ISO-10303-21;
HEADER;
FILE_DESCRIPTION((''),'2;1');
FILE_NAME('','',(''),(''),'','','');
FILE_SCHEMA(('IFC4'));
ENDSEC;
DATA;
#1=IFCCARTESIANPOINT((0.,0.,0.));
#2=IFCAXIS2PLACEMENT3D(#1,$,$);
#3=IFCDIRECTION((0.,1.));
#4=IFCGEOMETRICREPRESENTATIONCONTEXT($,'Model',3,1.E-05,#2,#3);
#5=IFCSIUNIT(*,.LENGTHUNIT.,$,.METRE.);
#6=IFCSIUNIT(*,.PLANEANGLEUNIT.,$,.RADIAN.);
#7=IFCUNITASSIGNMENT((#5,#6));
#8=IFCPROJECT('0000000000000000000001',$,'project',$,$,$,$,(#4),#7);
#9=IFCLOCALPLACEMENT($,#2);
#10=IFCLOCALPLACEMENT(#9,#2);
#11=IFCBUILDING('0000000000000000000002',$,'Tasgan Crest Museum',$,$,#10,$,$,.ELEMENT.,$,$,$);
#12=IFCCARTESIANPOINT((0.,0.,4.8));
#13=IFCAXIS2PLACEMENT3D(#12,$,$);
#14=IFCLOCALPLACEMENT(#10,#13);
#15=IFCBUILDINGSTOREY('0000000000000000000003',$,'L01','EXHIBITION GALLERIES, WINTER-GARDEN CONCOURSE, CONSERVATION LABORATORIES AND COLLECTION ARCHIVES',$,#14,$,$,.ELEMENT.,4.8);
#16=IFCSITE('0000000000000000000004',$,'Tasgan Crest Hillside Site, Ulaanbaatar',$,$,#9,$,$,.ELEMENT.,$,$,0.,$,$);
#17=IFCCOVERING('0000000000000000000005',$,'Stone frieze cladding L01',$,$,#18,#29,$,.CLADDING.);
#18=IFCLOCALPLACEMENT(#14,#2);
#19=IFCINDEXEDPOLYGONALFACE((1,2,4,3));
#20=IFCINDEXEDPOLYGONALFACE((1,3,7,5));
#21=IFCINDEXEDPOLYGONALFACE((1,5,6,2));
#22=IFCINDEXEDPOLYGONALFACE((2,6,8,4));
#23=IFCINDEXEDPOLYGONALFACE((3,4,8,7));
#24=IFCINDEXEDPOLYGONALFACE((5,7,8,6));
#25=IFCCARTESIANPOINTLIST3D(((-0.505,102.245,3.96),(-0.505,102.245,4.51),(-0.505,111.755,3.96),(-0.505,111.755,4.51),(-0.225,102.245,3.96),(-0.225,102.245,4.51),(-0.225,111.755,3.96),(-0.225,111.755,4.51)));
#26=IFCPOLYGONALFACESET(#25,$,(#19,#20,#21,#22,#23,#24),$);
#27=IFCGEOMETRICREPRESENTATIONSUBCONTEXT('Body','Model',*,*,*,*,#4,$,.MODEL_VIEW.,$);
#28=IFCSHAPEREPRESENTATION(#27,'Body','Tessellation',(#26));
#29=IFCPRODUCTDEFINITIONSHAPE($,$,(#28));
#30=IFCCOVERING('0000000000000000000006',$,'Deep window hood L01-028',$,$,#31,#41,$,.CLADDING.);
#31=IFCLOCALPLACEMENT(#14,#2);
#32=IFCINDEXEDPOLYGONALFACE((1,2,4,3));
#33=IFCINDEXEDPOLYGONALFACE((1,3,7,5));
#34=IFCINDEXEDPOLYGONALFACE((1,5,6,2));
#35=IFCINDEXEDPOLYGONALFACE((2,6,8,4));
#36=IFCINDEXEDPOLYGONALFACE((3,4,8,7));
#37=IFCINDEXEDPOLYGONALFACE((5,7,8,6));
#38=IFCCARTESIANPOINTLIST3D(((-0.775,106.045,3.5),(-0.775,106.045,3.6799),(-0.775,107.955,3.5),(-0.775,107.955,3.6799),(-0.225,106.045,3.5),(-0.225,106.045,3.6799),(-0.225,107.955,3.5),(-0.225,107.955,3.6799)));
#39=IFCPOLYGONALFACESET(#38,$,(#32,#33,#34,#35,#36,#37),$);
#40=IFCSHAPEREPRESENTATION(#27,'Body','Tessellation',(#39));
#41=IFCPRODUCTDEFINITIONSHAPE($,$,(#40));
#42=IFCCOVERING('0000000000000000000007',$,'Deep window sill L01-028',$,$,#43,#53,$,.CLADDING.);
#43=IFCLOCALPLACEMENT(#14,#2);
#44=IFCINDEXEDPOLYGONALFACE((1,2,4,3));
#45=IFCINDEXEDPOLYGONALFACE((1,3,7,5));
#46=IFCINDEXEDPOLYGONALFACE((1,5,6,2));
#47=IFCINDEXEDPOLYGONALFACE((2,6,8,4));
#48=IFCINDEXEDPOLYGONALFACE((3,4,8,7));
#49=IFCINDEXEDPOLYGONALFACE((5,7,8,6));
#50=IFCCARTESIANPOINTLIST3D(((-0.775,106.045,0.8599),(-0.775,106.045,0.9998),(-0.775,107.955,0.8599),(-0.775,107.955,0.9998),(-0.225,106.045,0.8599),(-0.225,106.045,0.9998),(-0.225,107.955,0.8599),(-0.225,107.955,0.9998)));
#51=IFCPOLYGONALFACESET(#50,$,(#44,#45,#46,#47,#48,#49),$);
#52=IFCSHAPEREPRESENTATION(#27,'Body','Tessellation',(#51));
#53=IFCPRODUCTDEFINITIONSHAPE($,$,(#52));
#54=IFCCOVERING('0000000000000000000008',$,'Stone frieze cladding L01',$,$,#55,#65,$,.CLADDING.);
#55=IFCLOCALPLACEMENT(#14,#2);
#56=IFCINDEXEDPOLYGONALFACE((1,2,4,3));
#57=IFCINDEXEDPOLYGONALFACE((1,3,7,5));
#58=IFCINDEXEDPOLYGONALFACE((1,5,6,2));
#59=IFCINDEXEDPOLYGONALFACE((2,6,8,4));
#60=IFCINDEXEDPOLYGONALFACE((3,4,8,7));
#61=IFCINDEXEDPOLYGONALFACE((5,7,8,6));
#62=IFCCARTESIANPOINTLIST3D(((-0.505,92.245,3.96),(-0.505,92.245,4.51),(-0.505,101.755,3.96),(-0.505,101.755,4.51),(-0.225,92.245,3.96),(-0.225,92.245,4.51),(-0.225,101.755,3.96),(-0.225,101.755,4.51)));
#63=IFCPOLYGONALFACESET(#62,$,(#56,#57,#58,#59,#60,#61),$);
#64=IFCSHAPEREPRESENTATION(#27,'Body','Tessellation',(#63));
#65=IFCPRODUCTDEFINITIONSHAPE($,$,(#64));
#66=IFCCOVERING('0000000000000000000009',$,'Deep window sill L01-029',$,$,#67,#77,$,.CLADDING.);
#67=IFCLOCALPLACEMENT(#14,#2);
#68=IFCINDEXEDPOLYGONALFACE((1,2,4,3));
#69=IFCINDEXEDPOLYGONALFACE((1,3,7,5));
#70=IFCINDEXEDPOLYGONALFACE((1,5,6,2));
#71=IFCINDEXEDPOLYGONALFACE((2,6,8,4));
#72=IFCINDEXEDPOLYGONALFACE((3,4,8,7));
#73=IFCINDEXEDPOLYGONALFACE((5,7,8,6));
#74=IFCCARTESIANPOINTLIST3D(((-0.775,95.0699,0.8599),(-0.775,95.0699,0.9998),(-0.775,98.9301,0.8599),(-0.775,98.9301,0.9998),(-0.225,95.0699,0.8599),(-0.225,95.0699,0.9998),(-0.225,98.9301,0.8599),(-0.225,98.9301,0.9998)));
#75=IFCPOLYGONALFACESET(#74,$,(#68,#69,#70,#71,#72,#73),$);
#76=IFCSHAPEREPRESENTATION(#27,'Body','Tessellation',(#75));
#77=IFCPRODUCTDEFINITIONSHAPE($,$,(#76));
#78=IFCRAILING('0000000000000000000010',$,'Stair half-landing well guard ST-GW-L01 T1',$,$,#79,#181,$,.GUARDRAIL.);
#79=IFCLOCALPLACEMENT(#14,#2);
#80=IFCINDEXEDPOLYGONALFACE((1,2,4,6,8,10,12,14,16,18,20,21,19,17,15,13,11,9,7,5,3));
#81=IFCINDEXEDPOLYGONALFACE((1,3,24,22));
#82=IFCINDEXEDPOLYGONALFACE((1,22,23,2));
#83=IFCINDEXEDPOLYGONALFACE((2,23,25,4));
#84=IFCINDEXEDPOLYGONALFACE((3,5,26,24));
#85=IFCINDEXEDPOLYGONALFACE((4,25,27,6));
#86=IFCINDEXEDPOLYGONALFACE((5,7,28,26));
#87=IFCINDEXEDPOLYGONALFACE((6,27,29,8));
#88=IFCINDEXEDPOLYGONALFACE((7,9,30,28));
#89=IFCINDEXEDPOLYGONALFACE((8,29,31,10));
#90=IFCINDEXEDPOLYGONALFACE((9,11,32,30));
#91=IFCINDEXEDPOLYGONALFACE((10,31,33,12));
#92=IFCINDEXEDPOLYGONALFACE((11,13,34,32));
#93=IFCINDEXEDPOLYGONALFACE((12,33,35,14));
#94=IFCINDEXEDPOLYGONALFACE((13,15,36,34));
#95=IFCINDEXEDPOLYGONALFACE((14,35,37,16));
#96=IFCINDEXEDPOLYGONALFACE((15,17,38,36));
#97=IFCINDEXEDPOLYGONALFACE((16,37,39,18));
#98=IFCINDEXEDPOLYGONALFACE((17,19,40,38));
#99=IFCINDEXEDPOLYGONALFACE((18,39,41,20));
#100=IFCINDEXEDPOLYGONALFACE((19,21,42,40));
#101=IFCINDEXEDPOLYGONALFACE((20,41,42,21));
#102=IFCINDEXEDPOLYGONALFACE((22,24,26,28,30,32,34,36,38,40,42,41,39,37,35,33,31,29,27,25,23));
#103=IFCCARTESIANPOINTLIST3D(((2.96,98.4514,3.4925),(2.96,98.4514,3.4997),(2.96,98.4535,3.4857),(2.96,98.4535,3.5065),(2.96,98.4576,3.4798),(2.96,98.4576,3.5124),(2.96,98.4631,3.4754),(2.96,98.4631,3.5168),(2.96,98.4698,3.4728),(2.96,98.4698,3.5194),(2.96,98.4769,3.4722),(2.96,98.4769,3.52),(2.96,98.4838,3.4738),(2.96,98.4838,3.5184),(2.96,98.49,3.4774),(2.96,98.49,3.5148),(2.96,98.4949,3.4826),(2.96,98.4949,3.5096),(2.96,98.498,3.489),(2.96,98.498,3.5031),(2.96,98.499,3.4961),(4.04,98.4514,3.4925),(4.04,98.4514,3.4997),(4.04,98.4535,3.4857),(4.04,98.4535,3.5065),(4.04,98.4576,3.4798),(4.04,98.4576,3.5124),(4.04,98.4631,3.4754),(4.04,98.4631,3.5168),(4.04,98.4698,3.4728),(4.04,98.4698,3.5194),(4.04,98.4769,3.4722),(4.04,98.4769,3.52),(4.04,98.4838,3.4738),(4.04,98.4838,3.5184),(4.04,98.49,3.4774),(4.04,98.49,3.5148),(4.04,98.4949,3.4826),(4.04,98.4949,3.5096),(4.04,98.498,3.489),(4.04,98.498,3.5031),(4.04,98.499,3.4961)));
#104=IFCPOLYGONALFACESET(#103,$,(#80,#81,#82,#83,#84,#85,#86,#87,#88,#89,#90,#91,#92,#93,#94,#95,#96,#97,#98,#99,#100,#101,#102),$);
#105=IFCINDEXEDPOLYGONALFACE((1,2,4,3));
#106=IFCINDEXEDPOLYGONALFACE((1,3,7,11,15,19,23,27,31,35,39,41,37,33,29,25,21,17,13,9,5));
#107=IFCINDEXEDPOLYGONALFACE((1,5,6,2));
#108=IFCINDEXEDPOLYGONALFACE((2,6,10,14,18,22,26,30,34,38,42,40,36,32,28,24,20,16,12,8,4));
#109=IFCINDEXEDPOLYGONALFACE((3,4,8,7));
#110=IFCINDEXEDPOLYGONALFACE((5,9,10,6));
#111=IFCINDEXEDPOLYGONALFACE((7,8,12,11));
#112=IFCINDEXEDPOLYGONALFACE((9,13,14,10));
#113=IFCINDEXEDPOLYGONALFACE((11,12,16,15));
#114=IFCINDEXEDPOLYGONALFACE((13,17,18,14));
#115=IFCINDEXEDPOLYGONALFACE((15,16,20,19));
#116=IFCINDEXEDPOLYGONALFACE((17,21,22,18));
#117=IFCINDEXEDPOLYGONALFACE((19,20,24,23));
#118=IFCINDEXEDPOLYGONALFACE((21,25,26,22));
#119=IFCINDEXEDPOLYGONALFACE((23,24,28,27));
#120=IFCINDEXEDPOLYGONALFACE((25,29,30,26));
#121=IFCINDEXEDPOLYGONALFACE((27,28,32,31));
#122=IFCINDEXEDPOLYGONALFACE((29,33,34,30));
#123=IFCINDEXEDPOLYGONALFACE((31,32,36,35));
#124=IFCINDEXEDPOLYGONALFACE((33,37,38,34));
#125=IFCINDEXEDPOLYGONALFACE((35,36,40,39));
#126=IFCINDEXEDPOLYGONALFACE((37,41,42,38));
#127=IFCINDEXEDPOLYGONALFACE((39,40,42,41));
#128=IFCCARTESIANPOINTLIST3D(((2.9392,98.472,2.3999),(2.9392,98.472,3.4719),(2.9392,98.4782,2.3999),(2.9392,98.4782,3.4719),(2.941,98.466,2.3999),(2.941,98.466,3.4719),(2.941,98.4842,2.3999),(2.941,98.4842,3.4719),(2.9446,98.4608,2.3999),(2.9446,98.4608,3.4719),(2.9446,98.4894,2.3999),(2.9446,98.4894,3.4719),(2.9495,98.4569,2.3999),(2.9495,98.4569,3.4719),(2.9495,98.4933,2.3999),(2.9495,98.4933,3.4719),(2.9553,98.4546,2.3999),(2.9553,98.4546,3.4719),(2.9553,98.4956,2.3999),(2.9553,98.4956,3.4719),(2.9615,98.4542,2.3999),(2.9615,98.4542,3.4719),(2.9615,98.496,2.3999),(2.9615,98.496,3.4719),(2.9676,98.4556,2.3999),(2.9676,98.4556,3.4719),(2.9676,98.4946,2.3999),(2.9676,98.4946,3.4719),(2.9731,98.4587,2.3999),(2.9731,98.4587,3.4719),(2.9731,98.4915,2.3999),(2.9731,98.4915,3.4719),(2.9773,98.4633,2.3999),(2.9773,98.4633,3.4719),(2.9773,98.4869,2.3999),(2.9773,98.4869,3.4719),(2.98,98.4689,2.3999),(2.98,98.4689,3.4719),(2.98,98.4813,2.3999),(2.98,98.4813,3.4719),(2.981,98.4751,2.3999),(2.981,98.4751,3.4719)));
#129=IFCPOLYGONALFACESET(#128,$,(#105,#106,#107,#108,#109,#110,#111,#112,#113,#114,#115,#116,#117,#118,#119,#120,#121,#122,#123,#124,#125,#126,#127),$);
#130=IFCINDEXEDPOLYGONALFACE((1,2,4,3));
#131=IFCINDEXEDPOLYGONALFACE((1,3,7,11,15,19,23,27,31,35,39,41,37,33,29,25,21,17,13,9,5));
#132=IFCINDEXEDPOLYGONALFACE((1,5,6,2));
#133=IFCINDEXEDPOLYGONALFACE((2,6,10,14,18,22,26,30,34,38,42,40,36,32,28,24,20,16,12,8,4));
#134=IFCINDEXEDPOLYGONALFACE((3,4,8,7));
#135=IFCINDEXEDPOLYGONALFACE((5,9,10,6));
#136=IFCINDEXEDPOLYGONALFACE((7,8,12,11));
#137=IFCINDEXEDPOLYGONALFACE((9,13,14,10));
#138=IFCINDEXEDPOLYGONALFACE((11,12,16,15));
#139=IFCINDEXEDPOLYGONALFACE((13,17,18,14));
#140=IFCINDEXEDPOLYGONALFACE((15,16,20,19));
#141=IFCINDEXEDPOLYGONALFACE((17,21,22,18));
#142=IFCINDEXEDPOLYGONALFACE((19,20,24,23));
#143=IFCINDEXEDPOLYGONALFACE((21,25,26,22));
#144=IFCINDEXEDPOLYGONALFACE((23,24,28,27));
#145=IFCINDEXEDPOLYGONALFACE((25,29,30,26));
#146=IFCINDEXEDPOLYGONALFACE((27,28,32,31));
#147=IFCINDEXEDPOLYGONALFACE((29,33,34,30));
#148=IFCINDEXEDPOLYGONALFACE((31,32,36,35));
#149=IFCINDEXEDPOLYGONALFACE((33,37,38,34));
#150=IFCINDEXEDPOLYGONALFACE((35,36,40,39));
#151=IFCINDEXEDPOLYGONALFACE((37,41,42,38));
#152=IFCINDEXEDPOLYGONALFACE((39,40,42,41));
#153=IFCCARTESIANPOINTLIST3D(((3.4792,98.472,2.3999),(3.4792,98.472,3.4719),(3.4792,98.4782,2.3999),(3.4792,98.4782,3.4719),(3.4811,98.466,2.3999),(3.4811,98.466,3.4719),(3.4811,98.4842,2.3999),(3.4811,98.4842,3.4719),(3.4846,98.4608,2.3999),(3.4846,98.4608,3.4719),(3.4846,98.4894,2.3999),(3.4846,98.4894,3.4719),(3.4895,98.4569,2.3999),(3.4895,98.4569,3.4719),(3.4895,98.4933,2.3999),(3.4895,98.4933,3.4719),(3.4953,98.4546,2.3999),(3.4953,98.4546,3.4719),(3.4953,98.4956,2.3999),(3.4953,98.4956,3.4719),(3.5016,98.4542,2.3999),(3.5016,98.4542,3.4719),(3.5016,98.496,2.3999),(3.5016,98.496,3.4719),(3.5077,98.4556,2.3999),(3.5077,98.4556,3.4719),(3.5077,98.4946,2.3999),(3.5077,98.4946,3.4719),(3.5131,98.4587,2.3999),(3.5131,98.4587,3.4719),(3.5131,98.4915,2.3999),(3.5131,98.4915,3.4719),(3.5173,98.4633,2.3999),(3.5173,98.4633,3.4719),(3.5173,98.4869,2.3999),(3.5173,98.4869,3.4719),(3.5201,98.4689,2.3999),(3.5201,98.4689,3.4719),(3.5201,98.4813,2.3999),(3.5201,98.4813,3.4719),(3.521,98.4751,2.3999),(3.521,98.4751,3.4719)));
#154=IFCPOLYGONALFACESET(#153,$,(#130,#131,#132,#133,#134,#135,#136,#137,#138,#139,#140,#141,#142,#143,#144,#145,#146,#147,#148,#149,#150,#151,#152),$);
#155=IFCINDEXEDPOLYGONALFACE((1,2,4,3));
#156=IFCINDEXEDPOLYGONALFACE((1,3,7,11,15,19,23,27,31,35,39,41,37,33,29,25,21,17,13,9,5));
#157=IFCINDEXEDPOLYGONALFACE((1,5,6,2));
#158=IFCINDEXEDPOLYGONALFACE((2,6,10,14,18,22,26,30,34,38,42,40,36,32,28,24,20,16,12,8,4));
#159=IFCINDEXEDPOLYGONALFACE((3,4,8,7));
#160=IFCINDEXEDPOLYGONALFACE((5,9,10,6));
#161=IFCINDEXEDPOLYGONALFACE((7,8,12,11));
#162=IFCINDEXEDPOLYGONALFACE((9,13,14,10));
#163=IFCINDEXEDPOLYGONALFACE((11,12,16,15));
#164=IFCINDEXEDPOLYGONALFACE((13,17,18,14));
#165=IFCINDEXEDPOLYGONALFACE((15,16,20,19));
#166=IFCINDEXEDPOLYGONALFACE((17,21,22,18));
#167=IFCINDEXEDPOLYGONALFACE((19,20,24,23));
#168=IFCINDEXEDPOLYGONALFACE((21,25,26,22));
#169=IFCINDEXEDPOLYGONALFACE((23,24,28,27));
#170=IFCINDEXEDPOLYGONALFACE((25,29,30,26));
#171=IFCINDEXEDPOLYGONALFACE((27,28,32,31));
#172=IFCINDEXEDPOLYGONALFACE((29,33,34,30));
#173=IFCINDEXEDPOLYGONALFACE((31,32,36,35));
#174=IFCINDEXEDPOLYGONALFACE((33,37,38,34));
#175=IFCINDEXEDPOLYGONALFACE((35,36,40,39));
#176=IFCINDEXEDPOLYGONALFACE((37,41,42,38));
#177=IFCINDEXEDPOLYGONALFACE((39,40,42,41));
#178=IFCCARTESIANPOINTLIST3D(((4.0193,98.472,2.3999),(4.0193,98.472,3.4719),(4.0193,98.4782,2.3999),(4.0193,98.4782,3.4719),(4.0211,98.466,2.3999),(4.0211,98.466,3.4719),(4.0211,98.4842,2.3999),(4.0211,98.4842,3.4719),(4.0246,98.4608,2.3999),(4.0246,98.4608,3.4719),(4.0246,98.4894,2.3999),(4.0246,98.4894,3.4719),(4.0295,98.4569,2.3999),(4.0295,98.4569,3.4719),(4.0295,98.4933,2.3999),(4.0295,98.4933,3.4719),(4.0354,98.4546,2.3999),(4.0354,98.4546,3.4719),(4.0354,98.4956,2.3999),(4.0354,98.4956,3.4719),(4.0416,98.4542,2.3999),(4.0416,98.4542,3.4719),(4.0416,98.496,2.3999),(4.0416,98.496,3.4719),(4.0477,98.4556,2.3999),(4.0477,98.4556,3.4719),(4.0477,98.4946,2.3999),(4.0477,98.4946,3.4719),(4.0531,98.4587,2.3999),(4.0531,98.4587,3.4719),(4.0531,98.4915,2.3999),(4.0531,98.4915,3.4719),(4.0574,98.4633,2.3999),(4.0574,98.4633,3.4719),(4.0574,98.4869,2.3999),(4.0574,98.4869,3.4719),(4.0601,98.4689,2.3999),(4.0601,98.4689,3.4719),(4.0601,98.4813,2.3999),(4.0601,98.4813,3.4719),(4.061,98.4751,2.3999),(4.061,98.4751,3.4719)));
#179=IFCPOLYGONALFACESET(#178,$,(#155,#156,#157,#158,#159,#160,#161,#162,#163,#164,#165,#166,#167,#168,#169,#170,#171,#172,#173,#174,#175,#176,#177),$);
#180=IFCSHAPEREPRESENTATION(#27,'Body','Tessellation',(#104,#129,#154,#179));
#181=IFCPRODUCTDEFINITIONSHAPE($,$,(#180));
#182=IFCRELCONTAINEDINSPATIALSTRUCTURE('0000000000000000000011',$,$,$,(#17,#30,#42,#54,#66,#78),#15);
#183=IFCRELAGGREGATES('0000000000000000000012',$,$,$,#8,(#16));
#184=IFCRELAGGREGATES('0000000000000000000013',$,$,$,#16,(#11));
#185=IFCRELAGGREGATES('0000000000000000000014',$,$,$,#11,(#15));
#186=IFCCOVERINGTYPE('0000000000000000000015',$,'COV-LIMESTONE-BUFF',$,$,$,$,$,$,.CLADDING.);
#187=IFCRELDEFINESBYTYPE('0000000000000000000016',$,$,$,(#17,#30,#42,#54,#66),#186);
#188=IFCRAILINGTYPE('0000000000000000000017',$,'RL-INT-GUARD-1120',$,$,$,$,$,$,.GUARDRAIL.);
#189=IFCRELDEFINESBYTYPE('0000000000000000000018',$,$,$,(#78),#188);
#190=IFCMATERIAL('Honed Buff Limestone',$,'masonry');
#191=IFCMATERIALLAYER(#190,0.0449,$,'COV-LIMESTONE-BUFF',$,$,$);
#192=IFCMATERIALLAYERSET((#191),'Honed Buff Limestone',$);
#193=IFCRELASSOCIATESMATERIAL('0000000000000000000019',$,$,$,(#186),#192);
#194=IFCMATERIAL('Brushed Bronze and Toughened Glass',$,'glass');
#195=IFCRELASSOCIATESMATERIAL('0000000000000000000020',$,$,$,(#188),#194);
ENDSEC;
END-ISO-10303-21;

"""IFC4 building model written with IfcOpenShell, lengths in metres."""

from ifc_helpers import new_model, si_unit, direction, frame, origin, origin_2d, place, context, subcontext, project, spatial, rectangle, circle, extrude, material, layer, layer_set, type_object, element, save


model = new_model("IFC4")

# Units and contexts
model_context = context("Model", 3, precision=1e-05, world=origin(), true_north=direction((0.0, 1.0)))
body_context = subcontext(model_context, "Body", "Model", "MODEL_VIEW")
ifc_project = project(units=[si_unit("LENGTHUNIT", "METRE"), si_unit("PLANEANGLEUNIT", "RADIAN")], contexts=[model_context])

# Site, building, storey
site_placement = place(None, origin())
site = spatial("IfcSite", under=ifc_project, at=site_placement, Name="Tasgan Crest Hillside Site, Ulaanbaatar", CompositionType="ELEMENT", RefElevation=0.0)
building_placement = place(site_placement, origin())
building = spatial("IfcBuilding", under=site, at=building_placement, Name="Tasgan Crest Museum", CompositionType="ELEMENT")
storey_placement = place(building_placement, frame((0.0, 0.0, 4.8)))
storey = spatial("IfcBuildingStorey", under=building, at=storey_placement, Name="L01", Description="EXHIBITION GALLERIES, WINTER-GARDEN CONCOURSE, CONSERVATION LABORATORIES AND COLLECTION ARCHIVES", CompositionType="ELEMENT", Elevation=4.8)

# Coverings
ifc_material_1 = material(Name="Honed Buff Limestone", Category="masonry")
ifc_layer_1 = layer(ifc_material_1, 0.0449, Name="COV-LIMESTONE-BUFF")
ifc_layer_set_1 = layer_set([ifc_layer_1], Name="Honed Buff Limestone")
covering_type_1 = type_object("IfcCoveringType", Name="COV-LIMESTONE-BUFF", PredefinedType="CLADDING", material=ifc_layer_set_1)
covering_1_placement = place(storey_placement, frame((-0.365, 107.0, 3.96), z_axis=(0.0, 0.0, 1.0), x_axis=(0.0, -1.0, 0.0)))
element("IfcCovering", 1, at=covering_1_placement, inside=storey, type_object=covering_type_1, Name="Stone frieze cladding L01", PredefinedType="CLADDING", context=body_context, shape_type="SweptSolid", body=[
    extrude(rectangle(XDim=9.51, YDim=0.28, at=origin_2d()), origin(), (0.0, 0.0, 1.0), 0.55),
])
covering_2_placement = place(storey_placement, frame((-0.5, 107.0, 3.5), z_axis=(0.0, 0.0, 1.0), x_axis=(0.0, -1.0, 0.0)))
element("IfcCovering", 2, at=covering_2_placement, inside=storey, type_object=covering_type_1, Name="Deep window hood L01-028", PredefinedType="CLADDING", context=body_context, shape_type="SweptSolid", body=[
    extrude(rectangle(XDim=1.9099, YDim=0.55, at=origin_2d()), origin(), (0.0, 0.0, 1.0), 0.1799),
])
covering_3_placement = place(storey_placement, frame((-0.5, 107.0, 0.8599), z_axis=(0.0, 0.0, 1.0), x_axis=(0.0, -1.0, 0.0)))
element("IfcCovering", 3, at=covering_3_placement, inside=storey, type_object=covering_type_1, Name="Deep window sill L01-028", PredefinedType="CLADDING", context=body_context, shape_type="SweptSolid", body=[
    extrude(rectangle(XDim=1.9099, YDim=0.55, at=origin_2d()), origin(), (0.0, 0.0, 1.0), 0.1399),
])
covering_4_placement = place(storey_placement, frame((-0.365, 97.0, 3.96), z_axis=(0.0, 0.0, 1.0), x_axis=(0.0, -1.0, 0.0)))
element("IfcCovering", 4, at=covering_4_placement, inside=storey, type_object=covering_type_1, Name="Stone frieze cladding L01", PredefinedType="CLADDING", context=body_context, shape_type="SweptSolid", body=[
    extrude(rectangle(XDim=9.51, YDim=0.28, at=origin_2d()), origin(), (0.0, 0.0, 1.0), 0.55),
])
covering_5_placement = place(storey_placement, frame((-0.5, 97.0, 0.8599), z_axis=(0.0, 0.0, 1.0), x_axis=(0.0, -1.0, 0.0)))
element("IfcCovering", 5, at=covering_5_placement, inside=storey, type_object=covering_type_1, Name="Deep window sill L01-029", PredefinedType="CLADDING", context=body_context, shape_type="SweptSolid", body=[
    extrude(rectangle(XDim=3.8601, YDim=0.55, at=origin_2d()), origin(), (0.0, 0.0, 1.0), 0.1399),
])

# Railing
ifc_material_2 = material(Name="Brushed Bronze and Toughened Glass", Category="glass")
railing_type_1 = type_object("IfcRailingType", Name="RL-INT-GUARD-1120", PredefinedType="GUARDRAIL", material=ifc_material_2)
railing_1_placement = place(storey_placement, frame((2.96, 98.4751, 2.3999)))
element("IfcRailing", 6, at=railing_1_placement, inside=storey, type_object=railing_type_1, Name="Stair half-landing well guard ST-GW-L01 T1", PredefinedType="GUARDRAIL", context=body_context, shape_type="SweptSolid", body=[
    extrude(circle(Radius=0.0239, at=origin_2d()), frame((0.0, 0.0, 1.0962), z_axis=(1.0, 0.0, 0.0), x_axis=(0.0, 1.0, 0.0)), (0.0, 0.0, 1.0), 1.0801),
    extrude(circle(Radius=0.021, at=origin_2d()), origin(), (0.0, 0.0, 1.0), 1.072),
    extrude(circle(Radius=0.021, at=origin_2d()), frame((0.54, 0.0, 0.0)), (0.0, 0.0, 1.0), 1.072),
    extrude(circle(Radius=0.021, at=origin_2d()), frame((1.0801, 0.0, 0.0)), (0.0, 0.0, 1.0), 1.072),
])

save(model, "model.ifc")
